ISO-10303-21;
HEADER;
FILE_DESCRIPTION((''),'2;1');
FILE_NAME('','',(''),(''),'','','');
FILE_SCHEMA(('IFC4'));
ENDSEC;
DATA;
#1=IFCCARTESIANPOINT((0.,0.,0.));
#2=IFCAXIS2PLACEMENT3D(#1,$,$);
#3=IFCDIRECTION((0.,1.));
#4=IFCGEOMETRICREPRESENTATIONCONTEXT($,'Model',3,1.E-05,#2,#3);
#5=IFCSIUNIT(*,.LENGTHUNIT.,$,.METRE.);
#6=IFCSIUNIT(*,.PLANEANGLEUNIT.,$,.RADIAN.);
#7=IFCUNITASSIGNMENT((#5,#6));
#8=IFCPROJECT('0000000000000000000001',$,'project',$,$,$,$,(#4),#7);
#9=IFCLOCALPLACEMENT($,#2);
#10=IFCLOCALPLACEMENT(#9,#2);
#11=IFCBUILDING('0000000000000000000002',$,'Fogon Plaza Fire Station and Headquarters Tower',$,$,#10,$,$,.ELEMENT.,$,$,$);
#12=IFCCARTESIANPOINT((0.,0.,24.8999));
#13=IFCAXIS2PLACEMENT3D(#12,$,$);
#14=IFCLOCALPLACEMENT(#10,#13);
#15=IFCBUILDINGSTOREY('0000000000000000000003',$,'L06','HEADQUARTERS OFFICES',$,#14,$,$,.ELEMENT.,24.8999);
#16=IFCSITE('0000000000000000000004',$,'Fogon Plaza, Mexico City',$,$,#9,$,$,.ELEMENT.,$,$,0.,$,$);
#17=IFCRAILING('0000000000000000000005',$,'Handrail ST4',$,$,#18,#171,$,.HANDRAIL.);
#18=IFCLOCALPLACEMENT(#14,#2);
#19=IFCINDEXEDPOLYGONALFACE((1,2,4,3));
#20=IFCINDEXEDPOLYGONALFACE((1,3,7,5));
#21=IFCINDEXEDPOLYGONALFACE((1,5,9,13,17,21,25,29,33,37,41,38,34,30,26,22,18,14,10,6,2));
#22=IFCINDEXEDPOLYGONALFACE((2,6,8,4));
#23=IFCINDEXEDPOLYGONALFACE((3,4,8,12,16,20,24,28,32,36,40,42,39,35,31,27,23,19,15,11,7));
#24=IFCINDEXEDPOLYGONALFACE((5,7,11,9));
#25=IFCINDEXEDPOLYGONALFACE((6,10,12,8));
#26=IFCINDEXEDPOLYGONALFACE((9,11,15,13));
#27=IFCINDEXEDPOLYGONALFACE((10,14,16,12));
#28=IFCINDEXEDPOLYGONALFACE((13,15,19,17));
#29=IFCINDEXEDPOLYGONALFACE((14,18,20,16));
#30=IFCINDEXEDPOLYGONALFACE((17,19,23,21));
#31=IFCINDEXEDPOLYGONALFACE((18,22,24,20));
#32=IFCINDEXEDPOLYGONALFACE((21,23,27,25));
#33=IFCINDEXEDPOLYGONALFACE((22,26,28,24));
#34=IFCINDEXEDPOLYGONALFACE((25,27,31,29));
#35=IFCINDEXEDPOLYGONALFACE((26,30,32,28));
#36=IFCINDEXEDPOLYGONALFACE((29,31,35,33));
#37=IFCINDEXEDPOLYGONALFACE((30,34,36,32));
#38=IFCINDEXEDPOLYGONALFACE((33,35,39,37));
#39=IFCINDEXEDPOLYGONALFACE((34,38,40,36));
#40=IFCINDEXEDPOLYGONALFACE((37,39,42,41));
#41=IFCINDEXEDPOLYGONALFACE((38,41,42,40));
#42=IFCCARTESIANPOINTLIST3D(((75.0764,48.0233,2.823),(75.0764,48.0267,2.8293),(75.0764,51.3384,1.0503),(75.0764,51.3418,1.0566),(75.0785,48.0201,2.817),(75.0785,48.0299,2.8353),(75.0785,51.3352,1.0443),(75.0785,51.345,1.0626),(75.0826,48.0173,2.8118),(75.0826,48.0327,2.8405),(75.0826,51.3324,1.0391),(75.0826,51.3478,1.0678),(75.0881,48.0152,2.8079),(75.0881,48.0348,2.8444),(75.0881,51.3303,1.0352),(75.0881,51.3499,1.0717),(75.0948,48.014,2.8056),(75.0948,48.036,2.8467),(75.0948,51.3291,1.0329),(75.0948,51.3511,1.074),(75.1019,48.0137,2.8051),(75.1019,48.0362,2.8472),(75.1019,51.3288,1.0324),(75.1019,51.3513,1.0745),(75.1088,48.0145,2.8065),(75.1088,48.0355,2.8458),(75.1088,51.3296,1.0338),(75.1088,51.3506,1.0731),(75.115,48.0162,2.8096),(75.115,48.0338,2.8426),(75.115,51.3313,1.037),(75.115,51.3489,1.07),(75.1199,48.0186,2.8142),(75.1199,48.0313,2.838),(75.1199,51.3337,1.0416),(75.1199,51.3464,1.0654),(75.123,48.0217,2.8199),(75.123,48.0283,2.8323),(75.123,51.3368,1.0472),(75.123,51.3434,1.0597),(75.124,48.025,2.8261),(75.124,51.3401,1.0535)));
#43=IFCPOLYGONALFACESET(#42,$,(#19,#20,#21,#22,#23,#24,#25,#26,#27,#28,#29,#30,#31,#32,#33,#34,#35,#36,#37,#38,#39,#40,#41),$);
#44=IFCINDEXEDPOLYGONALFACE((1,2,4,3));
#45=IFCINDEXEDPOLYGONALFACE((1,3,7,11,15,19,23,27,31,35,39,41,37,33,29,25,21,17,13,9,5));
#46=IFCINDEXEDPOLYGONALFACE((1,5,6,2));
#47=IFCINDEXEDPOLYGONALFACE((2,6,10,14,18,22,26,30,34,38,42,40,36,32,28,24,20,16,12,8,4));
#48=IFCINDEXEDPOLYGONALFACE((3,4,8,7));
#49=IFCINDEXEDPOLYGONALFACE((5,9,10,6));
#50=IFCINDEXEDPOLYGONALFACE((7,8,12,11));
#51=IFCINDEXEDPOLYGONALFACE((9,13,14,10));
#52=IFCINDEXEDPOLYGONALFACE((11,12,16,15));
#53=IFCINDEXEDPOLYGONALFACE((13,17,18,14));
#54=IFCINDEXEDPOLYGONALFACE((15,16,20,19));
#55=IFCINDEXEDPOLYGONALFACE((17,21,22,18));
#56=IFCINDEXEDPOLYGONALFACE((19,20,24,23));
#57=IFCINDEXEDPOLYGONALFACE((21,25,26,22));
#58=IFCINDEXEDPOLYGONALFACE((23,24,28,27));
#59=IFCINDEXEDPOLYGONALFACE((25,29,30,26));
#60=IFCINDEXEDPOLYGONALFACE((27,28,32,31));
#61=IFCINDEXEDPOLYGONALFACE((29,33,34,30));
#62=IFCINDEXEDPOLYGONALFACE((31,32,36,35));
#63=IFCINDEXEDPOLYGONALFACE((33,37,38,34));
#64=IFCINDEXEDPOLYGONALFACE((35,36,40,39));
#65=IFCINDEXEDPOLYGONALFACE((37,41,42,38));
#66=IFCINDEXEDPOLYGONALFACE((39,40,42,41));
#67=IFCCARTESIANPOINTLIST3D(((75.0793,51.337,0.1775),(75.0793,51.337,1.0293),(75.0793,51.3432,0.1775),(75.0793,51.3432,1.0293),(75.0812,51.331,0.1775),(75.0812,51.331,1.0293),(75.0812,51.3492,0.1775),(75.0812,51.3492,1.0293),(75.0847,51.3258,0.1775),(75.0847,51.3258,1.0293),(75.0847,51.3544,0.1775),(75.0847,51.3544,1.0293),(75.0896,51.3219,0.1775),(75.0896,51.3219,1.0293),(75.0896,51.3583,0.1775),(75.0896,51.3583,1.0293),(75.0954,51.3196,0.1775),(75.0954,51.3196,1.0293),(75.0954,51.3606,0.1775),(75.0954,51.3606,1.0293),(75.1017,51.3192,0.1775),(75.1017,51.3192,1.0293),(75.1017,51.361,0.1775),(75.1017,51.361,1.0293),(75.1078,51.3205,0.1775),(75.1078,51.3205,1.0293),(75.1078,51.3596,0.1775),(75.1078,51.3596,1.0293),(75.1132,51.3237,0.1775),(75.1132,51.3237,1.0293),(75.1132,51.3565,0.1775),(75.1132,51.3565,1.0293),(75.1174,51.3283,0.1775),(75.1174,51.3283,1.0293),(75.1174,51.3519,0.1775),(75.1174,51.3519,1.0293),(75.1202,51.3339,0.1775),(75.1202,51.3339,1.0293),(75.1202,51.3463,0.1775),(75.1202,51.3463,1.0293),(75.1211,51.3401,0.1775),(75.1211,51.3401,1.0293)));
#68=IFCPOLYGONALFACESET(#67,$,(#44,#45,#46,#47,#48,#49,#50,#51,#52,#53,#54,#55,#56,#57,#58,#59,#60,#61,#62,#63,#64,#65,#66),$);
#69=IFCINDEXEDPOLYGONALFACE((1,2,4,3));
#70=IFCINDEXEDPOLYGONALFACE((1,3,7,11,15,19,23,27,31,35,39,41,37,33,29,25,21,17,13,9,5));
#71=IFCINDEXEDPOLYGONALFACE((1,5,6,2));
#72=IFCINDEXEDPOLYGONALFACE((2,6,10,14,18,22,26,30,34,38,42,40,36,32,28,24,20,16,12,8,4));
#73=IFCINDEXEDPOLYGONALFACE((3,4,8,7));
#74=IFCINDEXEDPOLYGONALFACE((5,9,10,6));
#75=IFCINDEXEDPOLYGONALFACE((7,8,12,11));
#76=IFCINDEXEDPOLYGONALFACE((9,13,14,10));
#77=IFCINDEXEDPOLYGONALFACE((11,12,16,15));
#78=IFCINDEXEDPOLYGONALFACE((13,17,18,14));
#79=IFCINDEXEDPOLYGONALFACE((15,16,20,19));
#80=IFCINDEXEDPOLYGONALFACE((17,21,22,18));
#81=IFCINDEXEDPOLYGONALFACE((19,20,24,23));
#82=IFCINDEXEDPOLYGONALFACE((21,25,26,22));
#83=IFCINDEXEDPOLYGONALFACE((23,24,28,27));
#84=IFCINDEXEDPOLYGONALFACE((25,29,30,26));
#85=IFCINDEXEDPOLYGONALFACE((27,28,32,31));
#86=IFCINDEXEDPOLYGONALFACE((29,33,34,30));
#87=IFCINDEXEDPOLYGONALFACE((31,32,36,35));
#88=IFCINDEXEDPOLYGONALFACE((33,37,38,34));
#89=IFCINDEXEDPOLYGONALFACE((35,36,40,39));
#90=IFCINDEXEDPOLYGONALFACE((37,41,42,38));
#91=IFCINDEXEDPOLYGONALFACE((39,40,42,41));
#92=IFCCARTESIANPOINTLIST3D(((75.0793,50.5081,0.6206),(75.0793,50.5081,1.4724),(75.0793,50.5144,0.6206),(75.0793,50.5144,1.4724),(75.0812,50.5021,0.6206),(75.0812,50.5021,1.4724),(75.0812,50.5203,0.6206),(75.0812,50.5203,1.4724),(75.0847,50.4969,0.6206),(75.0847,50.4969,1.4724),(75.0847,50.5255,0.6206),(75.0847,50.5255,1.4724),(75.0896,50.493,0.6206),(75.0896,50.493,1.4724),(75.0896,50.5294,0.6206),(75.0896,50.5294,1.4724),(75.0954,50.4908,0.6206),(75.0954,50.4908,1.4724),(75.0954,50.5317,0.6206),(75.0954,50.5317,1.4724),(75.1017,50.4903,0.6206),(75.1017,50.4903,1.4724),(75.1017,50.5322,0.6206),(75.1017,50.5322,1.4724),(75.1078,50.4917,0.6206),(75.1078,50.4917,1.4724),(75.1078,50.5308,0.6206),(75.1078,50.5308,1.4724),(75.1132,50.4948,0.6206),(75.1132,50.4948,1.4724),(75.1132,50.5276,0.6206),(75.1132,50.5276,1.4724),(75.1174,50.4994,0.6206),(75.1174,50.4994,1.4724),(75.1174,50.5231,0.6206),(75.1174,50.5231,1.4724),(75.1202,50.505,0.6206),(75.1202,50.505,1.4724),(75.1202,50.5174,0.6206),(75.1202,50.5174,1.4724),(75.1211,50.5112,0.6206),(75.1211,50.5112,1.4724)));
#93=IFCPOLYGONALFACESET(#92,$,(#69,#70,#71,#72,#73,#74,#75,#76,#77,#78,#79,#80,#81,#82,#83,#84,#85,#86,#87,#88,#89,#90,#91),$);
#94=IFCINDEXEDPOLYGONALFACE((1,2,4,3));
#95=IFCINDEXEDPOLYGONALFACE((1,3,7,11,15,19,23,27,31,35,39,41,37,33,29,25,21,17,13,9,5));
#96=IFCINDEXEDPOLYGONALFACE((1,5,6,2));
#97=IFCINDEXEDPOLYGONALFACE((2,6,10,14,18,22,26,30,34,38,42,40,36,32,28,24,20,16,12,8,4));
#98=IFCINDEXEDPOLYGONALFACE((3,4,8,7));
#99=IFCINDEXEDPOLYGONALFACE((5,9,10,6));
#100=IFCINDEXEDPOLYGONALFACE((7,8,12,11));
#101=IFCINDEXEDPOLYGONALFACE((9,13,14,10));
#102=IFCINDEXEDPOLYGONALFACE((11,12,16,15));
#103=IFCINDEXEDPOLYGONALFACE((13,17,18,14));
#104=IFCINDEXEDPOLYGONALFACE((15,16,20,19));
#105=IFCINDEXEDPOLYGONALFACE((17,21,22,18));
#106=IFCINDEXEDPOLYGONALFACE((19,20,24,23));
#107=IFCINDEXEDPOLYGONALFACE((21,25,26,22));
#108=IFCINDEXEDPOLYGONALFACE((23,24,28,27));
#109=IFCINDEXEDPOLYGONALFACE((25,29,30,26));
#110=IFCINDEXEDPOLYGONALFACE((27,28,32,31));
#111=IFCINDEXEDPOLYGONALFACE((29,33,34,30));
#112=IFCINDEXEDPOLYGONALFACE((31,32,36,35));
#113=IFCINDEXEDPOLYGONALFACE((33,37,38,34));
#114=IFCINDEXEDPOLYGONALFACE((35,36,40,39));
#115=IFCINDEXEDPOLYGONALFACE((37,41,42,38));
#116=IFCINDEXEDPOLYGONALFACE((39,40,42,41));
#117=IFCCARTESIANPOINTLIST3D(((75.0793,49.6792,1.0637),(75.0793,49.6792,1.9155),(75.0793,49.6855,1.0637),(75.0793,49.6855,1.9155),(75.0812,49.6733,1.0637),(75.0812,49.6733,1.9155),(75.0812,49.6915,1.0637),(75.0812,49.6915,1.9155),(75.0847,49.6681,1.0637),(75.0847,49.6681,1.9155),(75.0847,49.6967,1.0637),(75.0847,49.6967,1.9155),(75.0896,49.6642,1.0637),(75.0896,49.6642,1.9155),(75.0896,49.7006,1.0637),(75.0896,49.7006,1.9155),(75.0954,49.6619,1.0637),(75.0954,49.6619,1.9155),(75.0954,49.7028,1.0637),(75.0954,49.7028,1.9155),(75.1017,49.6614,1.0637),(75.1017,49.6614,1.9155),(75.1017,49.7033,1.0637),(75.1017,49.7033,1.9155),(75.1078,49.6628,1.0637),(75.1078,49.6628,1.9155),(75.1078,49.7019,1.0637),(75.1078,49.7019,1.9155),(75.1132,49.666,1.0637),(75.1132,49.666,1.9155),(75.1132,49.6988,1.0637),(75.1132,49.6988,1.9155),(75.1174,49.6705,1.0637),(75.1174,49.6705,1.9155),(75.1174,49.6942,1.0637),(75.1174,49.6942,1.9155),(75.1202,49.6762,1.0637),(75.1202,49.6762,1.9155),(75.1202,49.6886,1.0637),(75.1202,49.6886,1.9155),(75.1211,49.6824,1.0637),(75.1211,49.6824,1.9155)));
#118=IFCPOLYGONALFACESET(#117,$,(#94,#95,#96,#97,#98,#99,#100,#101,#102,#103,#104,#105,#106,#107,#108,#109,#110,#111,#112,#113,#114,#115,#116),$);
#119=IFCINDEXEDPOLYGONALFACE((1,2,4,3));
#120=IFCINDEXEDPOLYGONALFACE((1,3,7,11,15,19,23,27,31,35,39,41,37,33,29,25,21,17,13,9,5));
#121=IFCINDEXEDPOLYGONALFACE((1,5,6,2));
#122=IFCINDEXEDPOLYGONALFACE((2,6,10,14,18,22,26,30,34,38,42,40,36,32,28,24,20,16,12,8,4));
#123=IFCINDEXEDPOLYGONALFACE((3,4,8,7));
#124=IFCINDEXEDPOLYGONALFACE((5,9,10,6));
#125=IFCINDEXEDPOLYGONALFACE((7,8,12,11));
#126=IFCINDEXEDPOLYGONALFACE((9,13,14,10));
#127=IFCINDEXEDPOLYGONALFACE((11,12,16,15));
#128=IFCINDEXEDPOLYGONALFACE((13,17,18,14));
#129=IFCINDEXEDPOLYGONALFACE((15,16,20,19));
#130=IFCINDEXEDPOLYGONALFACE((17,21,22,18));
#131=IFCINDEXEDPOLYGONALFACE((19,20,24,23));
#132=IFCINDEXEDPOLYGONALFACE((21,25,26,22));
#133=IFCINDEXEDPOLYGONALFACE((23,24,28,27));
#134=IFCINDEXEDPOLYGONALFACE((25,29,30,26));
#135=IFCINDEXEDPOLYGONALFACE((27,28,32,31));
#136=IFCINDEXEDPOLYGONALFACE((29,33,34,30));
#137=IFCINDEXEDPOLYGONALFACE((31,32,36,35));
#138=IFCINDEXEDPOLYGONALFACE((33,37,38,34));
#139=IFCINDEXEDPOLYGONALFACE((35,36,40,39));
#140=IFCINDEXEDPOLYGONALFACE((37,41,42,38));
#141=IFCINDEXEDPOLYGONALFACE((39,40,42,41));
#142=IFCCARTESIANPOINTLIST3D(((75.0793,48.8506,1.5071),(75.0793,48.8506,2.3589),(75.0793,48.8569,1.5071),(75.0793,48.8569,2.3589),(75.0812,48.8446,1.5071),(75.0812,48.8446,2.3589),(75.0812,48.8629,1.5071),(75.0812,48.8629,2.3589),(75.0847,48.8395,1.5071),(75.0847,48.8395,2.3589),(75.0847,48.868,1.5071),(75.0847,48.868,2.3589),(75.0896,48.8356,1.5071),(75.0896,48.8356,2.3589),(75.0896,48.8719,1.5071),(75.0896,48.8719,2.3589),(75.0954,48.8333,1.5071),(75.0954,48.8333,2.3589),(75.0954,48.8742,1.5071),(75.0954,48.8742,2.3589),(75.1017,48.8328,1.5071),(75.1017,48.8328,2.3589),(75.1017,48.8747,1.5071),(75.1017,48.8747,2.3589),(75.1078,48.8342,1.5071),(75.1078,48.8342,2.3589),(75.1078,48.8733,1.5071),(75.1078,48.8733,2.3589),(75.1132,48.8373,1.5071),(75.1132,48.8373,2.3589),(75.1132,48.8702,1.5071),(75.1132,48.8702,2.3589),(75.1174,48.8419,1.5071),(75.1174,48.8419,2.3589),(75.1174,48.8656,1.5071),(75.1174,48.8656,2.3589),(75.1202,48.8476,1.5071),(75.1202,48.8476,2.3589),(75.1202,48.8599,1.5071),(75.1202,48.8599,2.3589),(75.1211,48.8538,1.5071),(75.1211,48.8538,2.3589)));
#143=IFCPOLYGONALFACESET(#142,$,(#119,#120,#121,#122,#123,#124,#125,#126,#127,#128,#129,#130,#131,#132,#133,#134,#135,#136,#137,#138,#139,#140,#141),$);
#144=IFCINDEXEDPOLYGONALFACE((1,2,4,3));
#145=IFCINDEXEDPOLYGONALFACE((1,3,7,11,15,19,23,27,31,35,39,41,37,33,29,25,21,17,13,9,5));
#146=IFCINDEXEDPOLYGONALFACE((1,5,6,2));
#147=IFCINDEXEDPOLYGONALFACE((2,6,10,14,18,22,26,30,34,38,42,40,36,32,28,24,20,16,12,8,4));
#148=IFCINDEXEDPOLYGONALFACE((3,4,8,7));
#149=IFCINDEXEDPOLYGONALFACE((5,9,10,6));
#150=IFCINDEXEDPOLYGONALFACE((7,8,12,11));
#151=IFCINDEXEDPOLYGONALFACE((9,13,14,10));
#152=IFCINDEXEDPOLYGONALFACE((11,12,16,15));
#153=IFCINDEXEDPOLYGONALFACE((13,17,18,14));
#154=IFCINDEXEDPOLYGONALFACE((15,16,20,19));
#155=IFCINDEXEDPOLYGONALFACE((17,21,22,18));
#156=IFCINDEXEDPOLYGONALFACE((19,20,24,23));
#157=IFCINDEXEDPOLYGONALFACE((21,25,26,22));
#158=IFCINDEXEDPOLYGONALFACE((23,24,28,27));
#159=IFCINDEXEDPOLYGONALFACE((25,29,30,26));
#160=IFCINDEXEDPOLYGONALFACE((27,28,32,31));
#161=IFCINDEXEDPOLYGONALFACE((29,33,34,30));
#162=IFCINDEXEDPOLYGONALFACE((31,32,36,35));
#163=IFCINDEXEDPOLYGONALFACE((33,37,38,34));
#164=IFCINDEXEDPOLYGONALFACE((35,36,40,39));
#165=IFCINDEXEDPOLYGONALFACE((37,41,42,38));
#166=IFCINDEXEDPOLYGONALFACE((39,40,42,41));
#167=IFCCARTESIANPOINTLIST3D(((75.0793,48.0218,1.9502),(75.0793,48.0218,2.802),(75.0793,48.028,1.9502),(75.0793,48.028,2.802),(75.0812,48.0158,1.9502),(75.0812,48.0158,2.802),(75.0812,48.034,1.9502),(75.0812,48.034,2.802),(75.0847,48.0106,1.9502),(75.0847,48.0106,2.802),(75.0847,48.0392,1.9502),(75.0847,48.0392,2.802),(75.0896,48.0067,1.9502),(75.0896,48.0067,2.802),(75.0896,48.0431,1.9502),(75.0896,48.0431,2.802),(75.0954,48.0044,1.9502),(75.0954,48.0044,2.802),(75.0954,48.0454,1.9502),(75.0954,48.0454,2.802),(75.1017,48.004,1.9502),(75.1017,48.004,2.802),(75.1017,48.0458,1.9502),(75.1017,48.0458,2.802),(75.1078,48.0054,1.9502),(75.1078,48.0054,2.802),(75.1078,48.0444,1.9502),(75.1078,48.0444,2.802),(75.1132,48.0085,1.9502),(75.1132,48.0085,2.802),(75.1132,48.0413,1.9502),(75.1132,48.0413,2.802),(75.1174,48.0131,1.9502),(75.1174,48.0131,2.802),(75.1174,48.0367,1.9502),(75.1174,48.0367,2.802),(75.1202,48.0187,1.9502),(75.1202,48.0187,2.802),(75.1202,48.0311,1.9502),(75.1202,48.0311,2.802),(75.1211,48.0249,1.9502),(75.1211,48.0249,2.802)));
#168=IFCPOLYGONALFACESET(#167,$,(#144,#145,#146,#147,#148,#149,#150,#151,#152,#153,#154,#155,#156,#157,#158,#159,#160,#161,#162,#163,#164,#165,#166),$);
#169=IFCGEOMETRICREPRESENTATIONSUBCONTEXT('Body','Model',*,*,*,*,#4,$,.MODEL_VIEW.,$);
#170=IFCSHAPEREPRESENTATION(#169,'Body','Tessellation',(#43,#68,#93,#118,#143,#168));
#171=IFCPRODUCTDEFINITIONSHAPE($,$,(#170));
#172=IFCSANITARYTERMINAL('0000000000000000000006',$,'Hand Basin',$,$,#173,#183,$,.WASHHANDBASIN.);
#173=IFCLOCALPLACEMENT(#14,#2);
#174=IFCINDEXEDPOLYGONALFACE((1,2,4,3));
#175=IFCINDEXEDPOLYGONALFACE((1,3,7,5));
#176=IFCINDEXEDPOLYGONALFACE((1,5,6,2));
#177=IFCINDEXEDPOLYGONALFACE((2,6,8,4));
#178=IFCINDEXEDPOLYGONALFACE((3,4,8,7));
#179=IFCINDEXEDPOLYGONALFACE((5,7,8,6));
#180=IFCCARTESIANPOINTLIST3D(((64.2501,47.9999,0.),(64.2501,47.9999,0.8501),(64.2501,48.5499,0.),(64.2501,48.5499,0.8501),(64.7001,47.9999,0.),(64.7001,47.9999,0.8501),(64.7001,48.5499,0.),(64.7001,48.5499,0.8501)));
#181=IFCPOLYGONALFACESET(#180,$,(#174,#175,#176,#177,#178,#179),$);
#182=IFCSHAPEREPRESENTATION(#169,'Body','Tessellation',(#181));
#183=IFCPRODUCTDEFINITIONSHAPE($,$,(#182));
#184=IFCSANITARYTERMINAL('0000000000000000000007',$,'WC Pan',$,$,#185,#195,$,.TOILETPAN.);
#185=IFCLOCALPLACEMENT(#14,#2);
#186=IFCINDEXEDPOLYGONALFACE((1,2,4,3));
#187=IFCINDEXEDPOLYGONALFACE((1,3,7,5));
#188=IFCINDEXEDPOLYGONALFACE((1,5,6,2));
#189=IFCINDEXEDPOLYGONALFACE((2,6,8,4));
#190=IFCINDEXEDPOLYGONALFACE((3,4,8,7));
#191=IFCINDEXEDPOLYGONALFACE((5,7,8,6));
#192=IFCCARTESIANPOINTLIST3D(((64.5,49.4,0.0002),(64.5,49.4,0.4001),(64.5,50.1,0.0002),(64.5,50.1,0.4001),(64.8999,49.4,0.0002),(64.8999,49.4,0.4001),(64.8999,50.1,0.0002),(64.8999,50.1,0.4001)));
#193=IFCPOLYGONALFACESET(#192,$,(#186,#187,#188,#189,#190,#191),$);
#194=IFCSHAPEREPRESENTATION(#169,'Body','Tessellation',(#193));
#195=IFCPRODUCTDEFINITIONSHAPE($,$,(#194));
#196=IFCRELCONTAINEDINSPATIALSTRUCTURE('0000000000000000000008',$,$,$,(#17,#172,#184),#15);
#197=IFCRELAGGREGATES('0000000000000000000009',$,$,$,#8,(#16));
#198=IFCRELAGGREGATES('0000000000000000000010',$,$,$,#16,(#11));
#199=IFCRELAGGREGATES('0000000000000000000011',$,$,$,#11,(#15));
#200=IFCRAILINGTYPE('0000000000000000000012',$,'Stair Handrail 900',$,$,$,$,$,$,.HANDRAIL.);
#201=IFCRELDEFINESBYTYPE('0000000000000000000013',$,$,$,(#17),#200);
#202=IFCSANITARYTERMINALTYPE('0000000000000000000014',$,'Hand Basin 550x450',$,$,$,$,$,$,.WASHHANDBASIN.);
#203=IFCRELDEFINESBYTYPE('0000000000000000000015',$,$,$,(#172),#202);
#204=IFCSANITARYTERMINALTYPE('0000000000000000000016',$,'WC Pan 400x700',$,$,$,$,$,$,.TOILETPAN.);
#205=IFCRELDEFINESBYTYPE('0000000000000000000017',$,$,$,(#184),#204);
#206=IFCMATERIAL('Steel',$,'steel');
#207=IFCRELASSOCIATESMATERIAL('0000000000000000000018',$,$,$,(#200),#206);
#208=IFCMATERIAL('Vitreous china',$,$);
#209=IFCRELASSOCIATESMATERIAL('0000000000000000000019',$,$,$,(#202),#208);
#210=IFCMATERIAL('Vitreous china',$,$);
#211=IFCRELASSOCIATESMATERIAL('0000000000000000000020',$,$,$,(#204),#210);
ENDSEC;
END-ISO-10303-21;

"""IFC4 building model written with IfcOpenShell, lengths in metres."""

from ifc_helpers import new_model, si_unit, direction, frame, origin, origin_2d, place, context, subcontext, project, spatial, rectangle, circle, extrude, material, type_object, element, save


model = new_model("IFC4")

# Units and contexts
model_context = context("Model", 3, precision=1e-05, world=origin(), true_north=direction((0.0, 1.0)))
body_context = subcontext(model_context, "Body", "Model", "MODEL_VIEW")
ifc_project = project(units=[si_unit("LENGTHUNIT", "METRE"), si_unit("PLANEANGLEUNIT", "RADIAN")], contexts=[model_context])

# Site, building, storey
site_placement = place(None, origin())
site = spatial("IfcSite", under=ifc_project, at=site_placement, Name="Fogon Plaza, Mexico City", CompositionType="ELEMENT", RefElevation=0.0)
building_placement = place(site_placement, origin())
building = spatial("IfcBuilding", under=site, at=building_placement, Name="Fogon Plaza Fire Station and Headquarters Tower", CompositionType="ELEMENT")
storey_placement = place(building_placement, frame((0.0, 0.0, 24.8999)))
storey = spatial("IfcBuildingStorey", under=building, at=storey_placement, Name="L06", Description="HEADQUARTERS OFFICES", CompositionType="ELEMENT", Elevation=24.8999)

# Railing
ifc_material_1 = material(Name="Steel", Category="steel")
railing_type = type_object("IfcRailingType", Name="Stair Handrail 900", PredefinedType="HANDRAIL", material=ifc_material_1)
for number, where, name in (
    (1, (75.1001, 51.3401, 0.1775), "Handrail ST4"),
):
    element("IfcRailing", number, at=place(storey_placement, frame(where)), inside=storey, type_object=railing_type, Name=name, PredefinedType="HANDRAIL", context=body_context, shape_type="SweptSolid", body=[
        extrude(circle(Radius=0.0239, at=origin_2d()), frame((0.0, 0.0, 0.876), z_axis=(0.0, -0.881844, 0.471542), x_axis=(1.0, 0.0, 0.0)), (0.0, 0.0, 1.0), 3.7593),
        extrude(circle(Radius=0.021, at=origin_2d()), origin(), (0.0, 0.0, 1.0), 0.8518),
        extrude(circle(Radius=0.021, at=origin_2d()), frame((0.0, -0.8289, 0.4431)), (0.0, 0.0, 1.0), 0.8518),
        extrude(circle(Radius=0.021, at=origin_2d()), frame((0.0, -1.6577, 0.8862)), (0.0, 0.0, 1.0), 0.8518),
        extrude(circle(Radius=0.021, at=origin_2d()), frame((0.0, -2.4863, 1.3296)), (0.0, 0.0, 1.0), 0.8518),
        extrude(circle(Radius=0.021, at=origin_2d()), frame((0.0, -3.3152, 1.7727)), (0.0, 0.0, 1.0), 0.8518),
    ])

# Sanitary terminals
ifc_material_2 = material(Name="Vitreous china")
sanitary_terminal_type_1 = type_object("IfcSanitaryTerminalType", Name="Hand Basin 550x450", PredefinedType="WASHHANDBASIN", material=ifc_material_2)
sanitary_terminal_1_placement = place(storey_placement, frame((64.4751, 48.2749, 0.0), z_axis=(0.0, 0.0, 1.0), x_axis=(1.0, 0.0, 0.0)))
element("IfcSanitaryTerminal", 2, at=sanitary_terminal_1_placement, inside=storey, type_object=sanitary_terminal_type_1, Name="Hand Basin", PredefinedType="WASHHANDBASIN", context=body_context, shape_type="SweptSolid", body=[
    extrude(rectangle(XDim=0.45, YDim=0.55, at=origin_2d()), origin(), (0.0, 0.0, 1.0), 0.8501),
])
ifc_material_3 = material(Name="Vitreous china")
sanitary_terminal_type_2 = type_object("IfcSanitaryTerminalType", Name="WC Pan 400x700", PredefinedType="TOILETPAN", material=ifc_material_3)
sanitary_terminal_2_placement = place(storey_placement, frame((64.7, 49.75, 0.0002), z_axis=(0.0, 0.0, 1.0), x_axis=(1.0, 0.0, 0.0)))
element("IfcSanitaryTerminal", 3, at=sanitary_terminal_2_placement, inside=storey, type_object=sanitary_terminal_type_2, Name="WC Pan", PredefinedType="TOILETPAN", context=body_context, shape_type="SweptSolid", body=[
    extrude(rectangle(XDim=0.3999, YDim=0.7, at=origin_2d()), origin(), (0.0, 0.0, 1.0), 0.3999),
])

save(model, "model.ifc")
